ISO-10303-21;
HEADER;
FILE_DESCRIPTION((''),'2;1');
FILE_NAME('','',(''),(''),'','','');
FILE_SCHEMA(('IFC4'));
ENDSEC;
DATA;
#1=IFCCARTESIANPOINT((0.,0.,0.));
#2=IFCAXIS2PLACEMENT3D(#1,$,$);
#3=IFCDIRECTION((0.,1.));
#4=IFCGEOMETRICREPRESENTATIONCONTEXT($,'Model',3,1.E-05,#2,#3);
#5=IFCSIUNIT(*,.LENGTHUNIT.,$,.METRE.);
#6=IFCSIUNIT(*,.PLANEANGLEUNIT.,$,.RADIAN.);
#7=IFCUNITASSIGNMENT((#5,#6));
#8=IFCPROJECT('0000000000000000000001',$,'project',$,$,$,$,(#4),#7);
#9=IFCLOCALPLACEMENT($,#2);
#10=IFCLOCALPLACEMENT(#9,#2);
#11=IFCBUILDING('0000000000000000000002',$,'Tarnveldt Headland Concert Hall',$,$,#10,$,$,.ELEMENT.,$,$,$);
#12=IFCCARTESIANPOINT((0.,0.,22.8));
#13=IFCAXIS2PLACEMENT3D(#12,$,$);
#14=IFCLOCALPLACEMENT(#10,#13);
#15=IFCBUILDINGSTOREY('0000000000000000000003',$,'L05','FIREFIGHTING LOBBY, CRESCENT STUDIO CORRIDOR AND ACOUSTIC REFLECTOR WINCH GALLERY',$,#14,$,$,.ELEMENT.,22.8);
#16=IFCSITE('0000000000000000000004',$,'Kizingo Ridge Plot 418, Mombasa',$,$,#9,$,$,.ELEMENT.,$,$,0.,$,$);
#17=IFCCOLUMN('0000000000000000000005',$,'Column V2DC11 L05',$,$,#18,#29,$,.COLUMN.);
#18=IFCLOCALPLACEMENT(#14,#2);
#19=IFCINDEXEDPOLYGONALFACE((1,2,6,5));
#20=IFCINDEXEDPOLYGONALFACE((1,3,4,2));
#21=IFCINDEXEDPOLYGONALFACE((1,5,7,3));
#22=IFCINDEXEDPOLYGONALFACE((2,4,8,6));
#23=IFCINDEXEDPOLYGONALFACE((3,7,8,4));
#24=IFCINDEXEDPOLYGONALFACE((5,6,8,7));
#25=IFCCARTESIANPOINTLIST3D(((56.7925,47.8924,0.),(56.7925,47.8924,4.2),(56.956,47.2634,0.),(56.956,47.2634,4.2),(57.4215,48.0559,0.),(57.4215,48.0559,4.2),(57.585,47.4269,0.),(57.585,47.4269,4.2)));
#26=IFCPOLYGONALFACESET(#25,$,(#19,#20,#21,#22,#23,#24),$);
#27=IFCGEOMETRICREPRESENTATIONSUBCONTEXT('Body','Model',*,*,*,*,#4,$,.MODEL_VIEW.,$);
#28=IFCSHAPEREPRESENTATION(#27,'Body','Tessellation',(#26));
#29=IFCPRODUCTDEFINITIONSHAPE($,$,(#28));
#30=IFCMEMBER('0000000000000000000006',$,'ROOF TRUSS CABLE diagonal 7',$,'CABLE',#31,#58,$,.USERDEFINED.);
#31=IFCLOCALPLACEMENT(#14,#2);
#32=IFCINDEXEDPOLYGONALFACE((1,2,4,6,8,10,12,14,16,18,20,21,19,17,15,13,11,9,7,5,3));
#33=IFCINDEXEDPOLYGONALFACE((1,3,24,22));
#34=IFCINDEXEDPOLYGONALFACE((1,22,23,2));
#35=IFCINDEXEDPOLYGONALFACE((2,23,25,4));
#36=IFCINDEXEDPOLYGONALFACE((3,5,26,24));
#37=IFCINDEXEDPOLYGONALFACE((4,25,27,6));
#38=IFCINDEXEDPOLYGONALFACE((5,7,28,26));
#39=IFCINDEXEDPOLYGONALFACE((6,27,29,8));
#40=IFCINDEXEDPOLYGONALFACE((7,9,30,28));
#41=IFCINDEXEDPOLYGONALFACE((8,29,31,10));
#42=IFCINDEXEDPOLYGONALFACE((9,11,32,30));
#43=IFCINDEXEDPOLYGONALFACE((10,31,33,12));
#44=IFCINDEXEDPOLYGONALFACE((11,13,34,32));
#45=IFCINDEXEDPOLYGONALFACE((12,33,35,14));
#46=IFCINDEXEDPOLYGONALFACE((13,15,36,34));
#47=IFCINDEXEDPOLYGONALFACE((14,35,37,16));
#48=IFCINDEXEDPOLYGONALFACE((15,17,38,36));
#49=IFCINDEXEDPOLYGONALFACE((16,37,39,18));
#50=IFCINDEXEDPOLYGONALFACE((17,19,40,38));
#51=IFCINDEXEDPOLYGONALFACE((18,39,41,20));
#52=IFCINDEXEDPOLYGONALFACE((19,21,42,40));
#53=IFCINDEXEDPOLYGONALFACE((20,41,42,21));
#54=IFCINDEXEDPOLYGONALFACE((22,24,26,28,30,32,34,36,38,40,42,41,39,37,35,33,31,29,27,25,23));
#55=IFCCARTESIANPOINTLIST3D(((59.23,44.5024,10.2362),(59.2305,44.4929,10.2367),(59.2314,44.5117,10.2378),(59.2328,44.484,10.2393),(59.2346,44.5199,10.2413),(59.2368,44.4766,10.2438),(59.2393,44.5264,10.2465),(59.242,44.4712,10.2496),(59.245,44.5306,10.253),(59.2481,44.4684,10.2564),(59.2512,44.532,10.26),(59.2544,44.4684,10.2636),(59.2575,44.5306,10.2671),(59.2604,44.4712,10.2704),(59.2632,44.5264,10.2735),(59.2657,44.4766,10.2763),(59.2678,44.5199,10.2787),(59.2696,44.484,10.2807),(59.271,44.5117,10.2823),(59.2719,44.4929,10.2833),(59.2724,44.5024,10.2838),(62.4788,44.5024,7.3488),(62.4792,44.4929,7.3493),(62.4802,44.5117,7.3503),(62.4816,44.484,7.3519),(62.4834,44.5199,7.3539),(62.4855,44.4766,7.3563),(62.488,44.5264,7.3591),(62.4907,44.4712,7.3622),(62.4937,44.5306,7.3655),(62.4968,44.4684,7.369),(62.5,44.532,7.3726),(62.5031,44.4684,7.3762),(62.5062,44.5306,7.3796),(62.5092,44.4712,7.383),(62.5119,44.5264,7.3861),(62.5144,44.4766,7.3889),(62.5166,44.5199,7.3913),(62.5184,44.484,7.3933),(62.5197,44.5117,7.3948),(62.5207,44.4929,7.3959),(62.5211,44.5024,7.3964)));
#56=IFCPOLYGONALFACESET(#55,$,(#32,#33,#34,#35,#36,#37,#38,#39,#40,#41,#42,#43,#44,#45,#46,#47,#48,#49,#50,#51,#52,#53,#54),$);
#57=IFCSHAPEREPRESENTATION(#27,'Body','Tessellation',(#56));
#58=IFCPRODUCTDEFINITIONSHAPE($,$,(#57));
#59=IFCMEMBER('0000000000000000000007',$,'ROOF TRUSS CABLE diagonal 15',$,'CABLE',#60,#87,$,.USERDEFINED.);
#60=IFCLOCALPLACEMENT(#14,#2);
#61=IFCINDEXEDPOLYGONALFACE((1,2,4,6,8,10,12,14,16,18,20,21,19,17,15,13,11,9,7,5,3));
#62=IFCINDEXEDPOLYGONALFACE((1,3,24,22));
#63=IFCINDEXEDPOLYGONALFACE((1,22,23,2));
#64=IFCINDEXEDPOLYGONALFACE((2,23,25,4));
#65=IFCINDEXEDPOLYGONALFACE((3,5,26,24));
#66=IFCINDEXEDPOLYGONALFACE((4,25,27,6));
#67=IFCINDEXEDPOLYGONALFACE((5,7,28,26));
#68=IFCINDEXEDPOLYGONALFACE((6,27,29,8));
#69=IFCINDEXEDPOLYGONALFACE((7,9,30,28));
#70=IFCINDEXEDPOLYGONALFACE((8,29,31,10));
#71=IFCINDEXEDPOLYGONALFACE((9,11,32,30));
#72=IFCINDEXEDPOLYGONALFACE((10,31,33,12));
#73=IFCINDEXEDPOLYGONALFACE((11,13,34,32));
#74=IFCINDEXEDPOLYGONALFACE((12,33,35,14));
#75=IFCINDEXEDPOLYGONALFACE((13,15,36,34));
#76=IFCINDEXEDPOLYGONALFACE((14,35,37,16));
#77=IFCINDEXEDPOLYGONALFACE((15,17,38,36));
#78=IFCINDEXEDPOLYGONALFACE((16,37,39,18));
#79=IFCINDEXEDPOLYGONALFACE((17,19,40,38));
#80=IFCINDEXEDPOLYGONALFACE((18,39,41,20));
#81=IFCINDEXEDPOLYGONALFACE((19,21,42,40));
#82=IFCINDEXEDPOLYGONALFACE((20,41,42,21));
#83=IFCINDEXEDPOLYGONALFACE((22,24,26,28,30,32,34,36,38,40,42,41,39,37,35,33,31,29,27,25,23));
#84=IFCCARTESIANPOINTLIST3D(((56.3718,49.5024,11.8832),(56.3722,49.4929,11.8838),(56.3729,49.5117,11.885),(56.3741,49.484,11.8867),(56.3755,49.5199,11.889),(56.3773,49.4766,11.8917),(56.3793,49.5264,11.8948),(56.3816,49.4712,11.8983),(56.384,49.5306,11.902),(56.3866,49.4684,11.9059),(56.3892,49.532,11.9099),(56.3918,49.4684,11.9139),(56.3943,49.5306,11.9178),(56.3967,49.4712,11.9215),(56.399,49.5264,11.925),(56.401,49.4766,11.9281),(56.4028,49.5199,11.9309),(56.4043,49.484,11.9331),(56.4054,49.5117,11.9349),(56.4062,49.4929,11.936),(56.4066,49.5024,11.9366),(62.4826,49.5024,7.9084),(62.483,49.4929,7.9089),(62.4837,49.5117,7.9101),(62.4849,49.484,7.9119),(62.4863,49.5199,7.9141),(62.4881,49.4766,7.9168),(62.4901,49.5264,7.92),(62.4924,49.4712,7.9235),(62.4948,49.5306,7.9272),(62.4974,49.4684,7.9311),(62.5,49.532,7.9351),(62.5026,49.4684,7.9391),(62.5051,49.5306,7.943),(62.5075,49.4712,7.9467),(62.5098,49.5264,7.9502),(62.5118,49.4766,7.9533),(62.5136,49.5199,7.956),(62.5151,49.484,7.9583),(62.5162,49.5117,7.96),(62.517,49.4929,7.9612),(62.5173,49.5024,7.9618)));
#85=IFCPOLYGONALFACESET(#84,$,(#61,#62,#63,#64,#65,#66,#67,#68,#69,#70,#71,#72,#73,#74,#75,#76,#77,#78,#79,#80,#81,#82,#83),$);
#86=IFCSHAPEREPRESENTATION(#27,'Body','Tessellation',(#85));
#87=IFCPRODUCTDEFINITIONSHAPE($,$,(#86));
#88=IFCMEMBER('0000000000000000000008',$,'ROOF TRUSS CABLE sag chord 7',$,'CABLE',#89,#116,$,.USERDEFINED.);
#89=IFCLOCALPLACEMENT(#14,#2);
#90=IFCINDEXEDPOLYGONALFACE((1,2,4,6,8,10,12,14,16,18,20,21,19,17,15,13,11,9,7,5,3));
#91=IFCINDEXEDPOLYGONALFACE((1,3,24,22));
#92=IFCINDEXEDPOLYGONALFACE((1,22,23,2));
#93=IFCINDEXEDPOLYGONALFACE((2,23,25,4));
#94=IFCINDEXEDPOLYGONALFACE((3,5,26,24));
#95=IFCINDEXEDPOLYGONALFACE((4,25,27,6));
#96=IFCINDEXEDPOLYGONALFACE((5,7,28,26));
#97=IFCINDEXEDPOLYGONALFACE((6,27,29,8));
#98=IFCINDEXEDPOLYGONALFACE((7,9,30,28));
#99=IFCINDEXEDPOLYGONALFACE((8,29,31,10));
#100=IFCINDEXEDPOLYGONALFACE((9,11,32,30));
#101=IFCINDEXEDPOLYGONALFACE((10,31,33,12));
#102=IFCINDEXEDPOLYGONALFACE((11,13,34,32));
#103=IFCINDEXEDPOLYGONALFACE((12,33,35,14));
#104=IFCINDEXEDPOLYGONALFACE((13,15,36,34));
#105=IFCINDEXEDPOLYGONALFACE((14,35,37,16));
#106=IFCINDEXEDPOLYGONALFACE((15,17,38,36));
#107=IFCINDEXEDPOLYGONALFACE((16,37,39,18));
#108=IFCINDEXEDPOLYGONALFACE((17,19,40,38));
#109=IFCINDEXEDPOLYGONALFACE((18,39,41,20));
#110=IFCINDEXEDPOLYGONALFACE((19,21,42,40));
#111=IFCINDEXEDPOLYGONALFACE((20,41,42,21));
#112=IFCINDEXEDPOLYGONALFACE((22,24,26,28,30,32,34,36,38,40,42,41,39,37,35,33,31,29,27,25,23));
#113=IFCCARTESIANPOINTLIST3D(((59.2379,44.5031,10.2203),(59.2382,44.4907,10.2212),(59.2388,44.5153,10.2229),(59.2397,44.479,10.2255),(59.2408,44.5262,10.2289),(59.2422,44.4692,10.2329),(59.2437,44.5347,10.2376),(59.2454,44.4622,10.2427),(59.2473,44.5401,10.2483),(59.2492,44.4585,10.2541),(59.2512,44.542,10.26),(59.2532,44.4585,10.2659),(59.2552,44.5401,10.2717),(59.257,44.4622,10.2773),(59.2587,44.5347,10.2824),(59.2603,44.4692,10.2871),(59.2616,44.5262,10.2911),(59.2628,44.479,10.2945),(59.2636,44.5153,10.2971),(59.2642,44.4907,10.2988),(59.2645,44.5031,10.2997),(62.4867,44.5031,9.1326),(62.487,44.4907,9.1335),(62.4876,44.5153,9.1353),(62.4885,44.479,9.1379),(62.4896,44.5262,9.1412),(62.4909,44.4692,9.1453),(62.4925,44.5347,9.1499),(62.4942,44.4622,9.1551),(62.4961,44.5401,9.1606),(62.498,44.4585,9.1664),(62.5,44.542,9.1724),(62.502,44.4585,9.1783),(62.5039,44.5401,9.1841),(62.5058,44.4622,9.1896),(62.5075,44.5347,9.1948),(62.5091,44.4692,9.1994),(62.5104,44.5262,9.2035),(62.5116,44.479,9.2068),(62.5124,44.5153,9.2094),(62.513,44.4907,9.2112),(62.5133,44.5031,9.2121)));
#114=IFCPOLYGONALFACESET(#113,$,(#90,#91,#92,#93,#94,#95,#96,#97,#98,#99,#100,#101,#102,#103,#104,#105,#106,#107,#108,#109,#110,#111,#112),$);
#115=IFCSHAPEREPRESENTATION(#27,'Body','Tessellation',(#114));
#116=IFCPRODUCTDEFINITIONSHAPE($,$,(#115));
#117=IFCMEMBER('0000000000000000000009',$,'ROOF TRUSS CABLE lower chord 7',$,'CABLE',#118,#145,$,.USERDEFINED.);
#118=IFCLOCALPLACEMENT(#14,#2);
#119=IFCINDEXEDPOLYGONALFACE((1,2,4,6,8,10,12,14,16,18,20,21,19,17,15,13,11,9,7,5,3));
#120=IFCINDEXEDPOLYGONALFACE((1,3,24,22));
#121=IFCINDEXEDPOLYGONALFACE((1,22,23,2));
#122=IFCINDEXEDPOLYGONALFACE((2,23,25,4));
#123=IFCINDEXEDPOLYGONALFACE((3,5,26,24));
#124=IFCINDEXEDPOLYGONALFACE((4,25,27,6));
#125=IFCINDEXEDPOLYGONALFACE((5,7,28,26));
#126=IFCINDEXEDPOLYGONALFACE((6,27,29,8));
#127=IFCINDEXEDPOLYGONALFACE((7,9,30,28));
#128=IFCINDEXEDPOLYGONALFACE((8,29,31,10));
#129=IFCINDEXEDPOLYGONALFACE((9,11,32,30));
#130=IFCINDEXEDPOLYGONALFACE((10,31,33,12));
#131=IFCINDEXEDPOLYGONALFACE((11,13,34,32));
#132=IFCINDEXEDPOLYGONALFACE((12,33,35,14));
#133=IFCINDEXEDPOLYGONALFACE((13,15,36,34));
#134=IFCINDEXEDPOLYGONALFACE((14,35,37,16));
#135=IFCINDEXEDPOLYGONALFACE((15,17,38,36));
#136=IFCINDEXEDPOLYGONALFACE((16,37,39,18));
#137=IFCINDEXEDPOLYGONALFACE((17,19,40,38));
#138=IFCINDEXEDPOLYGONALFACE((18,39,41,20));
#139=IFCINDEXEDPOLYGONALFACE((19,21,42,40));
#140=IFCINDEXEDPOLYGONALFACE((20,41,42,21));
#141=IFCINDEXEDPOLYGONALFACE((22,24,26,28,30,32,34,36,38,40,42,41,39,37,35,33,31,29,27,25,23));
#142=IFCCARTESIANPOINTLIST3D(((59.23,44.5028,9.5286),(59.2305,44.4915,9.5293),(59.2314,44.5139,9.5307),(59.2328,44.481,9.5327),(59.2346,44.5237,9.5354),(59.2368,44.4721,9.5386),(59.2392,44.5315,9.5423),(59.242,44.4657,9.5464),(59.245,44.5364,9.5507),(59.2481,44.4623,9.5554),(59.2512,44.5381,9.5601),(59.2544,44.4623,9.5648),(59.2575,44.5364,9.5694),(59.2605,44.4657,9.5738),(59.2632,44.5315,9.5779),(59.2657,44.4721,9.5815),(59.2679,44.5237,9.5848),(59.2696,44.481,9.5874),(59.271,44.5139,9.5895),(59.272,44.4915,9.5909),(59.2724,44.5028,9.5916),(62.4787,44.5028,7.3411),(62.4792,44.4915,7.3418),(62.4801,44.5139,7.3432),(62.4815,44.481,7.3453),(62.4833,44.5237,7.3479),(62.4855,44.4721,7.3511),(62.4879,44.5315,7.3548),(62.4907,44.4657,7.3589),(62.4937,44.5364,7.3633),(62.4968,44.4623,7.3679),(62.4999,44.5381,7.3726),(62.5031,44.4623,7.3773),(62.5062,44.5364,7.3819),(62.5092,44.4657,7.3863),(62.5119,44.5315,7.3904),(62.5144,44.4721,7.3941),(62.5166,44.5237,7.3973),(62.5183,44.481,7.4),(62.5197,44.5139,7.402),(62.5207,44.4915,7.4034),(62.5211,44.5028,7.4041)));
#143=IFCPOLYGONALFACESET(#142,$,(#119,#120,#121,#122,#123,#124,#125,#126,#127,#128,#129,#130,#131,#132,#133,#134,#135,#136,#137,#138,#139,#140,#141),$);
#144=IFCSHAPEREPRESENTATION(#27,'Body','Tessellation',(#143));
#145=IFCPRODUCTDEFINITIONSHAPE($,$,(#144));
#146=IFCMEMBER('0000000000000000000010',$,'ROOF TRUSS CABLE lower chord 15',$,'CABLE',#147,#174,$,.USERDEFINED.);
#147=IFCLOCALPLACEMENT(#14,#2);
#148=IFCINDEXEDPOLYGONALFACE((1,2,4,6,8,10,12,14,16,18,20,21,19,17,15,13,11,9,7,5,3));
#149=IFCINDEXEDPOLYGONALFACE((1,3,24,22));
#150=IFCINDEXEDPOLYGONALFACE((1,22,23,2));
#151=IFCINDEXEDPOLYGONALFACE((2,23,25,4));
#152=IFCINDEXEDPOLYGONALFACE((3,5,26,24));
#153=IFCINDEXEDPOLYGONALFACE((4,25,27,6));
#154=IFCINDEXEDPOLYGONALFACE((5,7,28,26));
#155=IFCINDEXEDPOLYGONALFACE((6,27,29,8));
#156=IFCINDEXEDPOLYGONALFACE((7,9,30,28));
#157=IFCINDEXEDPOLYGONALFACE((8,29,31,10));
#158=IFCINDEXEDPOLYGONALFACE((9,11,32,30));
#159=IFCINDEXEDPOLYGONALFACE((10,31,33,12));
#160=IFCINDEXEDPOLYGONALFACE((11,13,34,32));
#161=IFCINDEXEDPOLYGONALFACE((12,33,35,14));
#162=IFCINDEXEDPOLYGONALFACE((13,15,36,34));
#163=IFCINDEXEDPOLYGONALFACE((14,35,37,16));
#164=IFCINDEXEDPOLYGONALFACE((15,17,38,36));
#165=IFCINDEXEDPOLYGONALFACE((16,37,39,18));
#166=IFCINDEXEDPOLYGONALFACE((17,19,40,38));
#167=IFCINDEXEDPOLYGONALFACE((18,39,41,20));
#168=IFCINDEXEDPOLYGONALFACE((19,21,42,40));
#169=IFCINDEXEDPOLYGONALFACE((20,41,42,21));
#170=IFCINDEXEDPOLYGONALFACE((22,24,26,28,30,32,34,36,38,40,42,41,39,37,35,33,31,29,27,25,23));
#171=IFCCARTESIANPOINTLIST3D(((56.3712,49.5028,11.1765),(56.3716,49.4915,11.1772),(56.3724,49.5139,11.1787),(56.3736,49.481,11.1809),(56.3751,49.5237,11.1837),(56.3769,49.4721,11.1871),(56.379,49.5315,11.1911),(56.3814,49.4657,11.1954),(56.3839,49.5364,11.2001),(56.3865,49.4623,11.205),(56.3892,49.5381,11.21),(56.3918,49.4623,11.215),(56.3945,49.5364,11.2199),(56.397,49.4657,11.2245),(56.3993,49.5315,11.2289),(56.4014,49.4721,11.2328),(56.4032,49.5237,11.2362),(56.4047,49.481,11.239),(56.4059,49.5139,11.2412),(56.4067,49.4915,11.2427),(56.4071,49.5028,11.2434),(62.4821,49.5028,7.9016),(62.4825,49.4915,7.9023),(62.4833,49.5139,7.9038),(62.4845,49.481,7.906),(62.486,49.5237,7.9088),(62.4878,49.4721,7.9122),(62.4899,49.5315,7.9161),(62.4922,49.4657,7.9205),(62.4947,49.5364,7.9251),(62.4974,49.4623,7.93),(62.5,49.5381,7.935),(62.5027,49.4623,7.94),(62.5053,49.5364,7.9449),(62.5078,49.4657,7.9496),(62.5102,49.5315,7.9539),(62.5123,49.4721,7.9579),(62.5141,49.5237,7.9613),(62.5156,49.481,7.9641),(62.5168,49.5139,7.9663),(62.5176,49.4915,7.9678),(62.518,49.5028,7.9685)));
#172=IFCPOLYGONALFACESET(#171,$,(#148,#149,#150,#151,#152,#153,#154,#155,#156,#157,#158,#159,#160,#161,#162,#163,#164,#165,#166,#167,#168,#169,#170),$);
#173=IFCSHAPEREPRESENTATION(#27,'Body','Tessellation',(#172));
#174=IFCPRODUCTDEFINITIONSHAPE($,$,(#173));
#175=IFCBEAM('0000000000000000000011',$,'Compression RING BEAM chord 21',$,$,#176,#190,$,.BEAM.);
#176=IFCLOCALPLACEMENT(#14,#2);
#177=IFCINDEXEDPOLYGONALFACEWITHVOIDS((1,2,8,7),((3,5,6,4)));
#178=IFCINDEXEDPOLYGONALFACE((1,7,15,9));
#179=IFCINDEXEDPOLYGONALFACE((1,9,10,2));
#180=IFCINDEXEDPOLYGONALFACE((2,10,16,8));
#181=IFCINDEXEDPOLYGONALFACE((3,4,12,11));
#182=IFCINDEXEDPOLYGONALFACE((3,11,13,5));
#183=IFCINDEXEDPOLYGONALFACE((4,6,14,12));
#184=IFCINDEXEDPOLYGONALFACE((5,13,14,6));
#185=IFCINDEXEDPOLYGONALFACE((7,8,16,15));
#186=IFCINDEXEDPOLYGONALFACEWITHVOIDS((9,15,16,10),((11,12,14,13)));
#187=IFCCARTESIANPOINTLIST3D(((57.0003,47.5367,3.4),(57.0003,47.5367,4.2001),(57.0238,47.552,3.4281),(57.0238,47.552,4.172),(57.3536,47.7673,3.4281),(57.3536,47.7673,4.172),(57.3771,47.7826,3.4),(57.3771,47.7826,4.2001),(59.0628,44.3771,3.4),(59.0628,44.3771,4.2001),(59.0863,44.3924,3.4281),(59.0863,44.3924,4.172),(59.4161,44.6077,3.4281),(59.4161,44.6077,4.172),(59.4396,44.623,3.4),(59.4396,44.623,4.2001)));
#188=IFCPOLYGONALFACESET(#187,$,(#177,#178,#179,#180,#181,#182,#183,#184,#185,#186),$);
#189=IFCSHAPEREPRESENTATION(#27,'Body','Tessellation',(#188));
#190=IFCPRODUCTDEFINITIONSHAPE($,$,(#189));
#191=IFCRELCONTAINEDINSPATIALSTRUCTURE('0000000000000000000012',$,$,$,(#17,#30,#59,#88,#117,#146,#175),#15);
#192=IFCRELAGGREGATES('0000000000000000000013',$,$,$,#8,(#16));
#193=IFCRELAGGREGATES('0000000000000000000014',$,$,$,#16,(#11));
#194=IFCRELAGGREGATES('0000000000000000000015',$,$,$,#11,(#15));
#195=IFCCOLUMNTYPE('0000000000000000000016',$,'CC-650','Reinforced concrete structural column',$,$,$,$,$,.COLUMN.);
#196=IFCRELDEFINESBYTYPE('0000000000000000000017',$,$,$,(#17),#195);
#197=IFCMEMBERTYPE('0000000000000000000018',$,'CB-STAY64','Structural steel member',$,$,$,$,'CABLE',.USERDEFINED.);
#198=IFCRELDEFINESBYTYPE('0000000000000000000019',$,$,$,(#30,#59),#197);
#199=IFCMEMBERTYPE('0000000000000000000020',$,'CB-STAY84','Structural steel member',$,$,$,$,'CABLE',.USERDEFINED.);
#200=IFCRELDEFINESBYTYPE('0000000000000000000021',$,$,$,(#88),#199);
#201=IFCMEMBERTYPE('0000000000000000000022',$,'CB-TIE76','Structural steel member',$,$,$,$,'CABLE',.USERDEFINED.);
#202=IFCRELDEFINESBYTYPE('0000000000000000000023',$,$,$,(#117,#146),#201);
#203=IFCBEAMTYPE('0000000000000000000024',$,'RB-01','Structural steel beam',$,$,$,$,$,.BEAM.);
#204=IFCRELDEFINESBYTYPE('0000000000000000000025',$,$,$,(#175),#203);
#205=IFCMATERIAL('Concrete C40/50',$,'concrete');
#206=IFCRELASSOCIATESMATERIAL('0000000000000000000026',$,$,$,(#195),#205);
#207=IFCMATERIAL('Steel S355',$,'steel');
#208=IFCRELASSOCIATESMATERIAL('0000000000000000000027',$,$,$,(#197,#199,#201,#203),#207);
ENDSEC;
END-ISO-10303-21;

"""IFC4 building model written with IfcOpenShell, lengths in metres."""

from ifc_helpers import new_model, si_unit, direction, frame, origin, origin_2d, place, context, subcontext, project, spatial, rectangle, hollow_rectangle, circle, extrude, material, material_profile, profile_set, type_object, element, save


model = new_model("IFC4")

# Units and contexts
model_context = context("Model", 3, precision=1e-05, world=origin(), true_north=direction((0.0, 1.0)))
body_context = subcontext(model_context, "Body", "Model", "MODEL_VIEW")
ifc_project = project(units=[si_unit("LENGTHUNIT", "METRE"), si_unit("PLANEANGLEUNIT", "RADIAN")], contexts=[model_context])

# Site, building, storey
site_placement = place(None, origin())
site = spatial("IfcSite", under=ifc_project, at=site_placement, Name="Kizingo Ridge Plot 418, Mombasa", CompositionType="ELEMENT", RefElevation=0.0)
building_placement = place(site_placement, origin())
building = spatial("IfcBuilding", under=site, at=building_placement, Name="Tarnveldt Headland Concert Hall", CompositionType="ELEMENT")
storey_placement = place(building_placement, frame((0.0, 0.0, 22.8)))
storey = spatial("IfcBuildingStorey", under=building, at=storey_placement, Name="L05", Description="FIREFIGHTING LOBBY, CRESCENT STUDIO CORRIDOR AND ACOUSTIC REFLECTOR WINCH GALLERY", CompositionType="ELEMENT", Elevation=22.8)

# Column
ifc_material_1 = material(Name="Concrete C40/50", Category="concrete")
ifc_material_profile_1 = material_profile(ifc_material_1, rectangle(XDim=0.6499, YDim=0.6499, at=origin_2d()), Name="RC 650x650", Category="concrete")
ifc_profile_set_1 = profile_set([ifc_material_profile_1], Name="Concrete C40/50")
column_type = type_object("IfcColumnType", Name="CC-650", Description="Reinforced concrete structural column", PredefinedType="COLUMN", material=ifc_profile_set_1)
column_placement = place(storey_placement, frame((57.1887, 47.6597, 0.0), z_axis=(0.0, 0.0, 1.0), x_axis=(-0.967841, -0.251563, 0.0)))
element("IfcColumn", 1, at=column_placement, inside=storey, type_object=column_type, Name="Column V2DC11 L05", PredefinedType="COLUMN", context=body_context, shape_type="SweptSolid", body=[
    extrude(rectangle(XDim=0.6499, YDim=0.6499, at=origin_2d()), origin(), (0.0, 0.0, 1.0), 4.2),
])

# Members
ifc_material_2 = material(Name="Steel S355", Category="steel")
ifc_material_profile_2 = material_profile(ifc_material_2, circle(Radius=0.032, at=origin_2d()), Name="LC D64", Category="steel")
ifc_profile_set_2 = profile_set([ifc_material_profile_2], Name="Steel S355")
member_type_1 = type_object("IfcMemberType", Name="CB-STAY64", Description="Structural steel member", ElementType="CABLE", PredefinedType="USERDEFINED", material=ifc_profile_set_2)
member_1_placement = place(storey_placement, frame((59.2512, 44.5, 10.26), z_axis=(0.74745, 0.0, -0.664319), x_axis=(0.0, 1.0, 0.0)))
element("IfcMember", 2, at=member_1_placement, inside=storey, type_object=member_type_1, Name="ROOF TRUSS CABLE diagonal 7", ObjectType="CABLE", PredefinedType="USERDEFINED", context=body_context, shape_type="SweptSolid", body=[
    extrude(circle(Radius=0.032, at=origin_2d()), origin(), (0.0, 0.0, 1.0), 4.3464),
])
member_2_placement = place(storey_placement, frame((56.3892, 49.5, 11.9099), z_axis=(0.838268, 0.0, -0.545259), x_axis=(0.0, 1.0, 0.0)))
element("IfcMember", 3, at=member_2_placement, inside=storey, type_object=member_type_1, Name="ROOF TRUSS CABLE diagonal 15", ObjectType="CABLE", PredefinedType="USERDEFINED", context=body_context, shape_type="SweptSolid", body=[
    extrude(circle(Radius=0.032, at=origin_2d()), origin(), (0.0, 0.0, 1.0), 7.2898),
])
ifc_material_profile_3 = material_profile(ifc_material_2, circle(Radius=0.042, at=origin_2d()), Name="LC D84", Category="steel")
ifc_profile_set_3 = profile_set([ifc_material_profile_3], Name="Steel S355")
member_type_2 = type_object("IfcMemberType", Name="CB-STAY84", Description="Structural steel member", ElementType="CABLE", PredefinedType="USERDEFINED", material=ifc_profile_set_3)
member_3_placement = place(storey_placement, frame((59.2512, 44.5, 10.26), z_axis=(0.948269, 0.0, -0.317467), x_axis=(0.0, 1.0, 0.0)))
element("IfcMember", 4, at=member_3_placement, inside=storey, type_object=member_type_2, Name="ROOF TRUSS CABLE sag chord 7", ObjectType="CABLE", PredefinedType="USERDEFINED", context=body_context, shape_type="SweptSolid", body=[
    extrude(circle(Radius=0.042, at=origin_2d()), origin(), (0.0, 0.0, 1.0), 3.426),
])
ifc_material_profile_4 = material_profile(ifc_material_2, circle(Radius=0.0381, at=origin_2d()), Name="LC D76", Category="steel")
ifc_profile_set_4 = profile_set([ifc_material_profile_4], Name="Steel S355")
member_type_3 = type_object("IfcMemberType", Name="CB-TIE76", Description="Structural steel member", ElementType="CABLE", PredefinedType="USERDEFINED", material=ifc_profile_set_4)
member_4_placement = place(storey_placement, frame((59.2512, 44.5, 9.5601), z_axis=(0.829491, 0.0, -0.558521), x_axis=(0.0, 1.0, 0.0)))
element("IfcMember", 5, at=member_4_placement, inside=storey, type_object=member_type_3, Name="ROOF TRUSS CABLE lower chord 7", ObjectType="CABLE", PredefinedType="USERDEFINED", context=body_context, shape_type="SweptSolid", body=[
    extrude(circle(Radius=0.0381, at=origin_2d()), origin(), (0.0, 0.0, 1.0), 3.9165),
])
member_5_placement = place(storey_placement, frame((56.3892, 49.5, 11.21), z_axis=(0.881406, 0.0, -0.47236), x_axis=(0.0, 1.0, 0.0)))
element("IfcMember", 6, at=member_5_placement, inside=storey, type_object=member_type_3, Name="ROOF TRUSS CABLE lower chord 15", ObjectType="CABLE", PredefinedType="USERDEFINED", context=body_context, shape_type="SweptSolid", body=[
    extrude(circle(Radius=0.0381, at=origin_2d()), origin(), (0.0, 0.0, 1.0), 6.9331),
])

# Beam
ifc_material_profile_5 = material_profile(ifc_material_2, hollow_rectangle(XDim=0.45, YDim=0.8, WallThickness=0.0281, at=origin_2d()), Name="RHS 800x450x28", Category="steel")
ifc_profile_set_5 = profile_set([ifc_material_profile_5], Name="Steel S355")
beam_type = type_object("IfcBeamType", Name="RB-01", Description="Structural steel beam", PredefinedType="BEAM", material=ifc_profile_set_5)
beam_1_placement = place(storey_placement, frame((57.1887, 47.6597, 3.8), z_axis=(0.546611, -0.837387, 0.0), x_axis=(0.837387, 0.546611, 0.0)))
element("IfcBeam", 7, at=beam_1_placement, inside=storey, type_object=beam_type, Name="Compression RING BEAM chord 21", PredefinedType="BEAM", context=body_context, shape_type="SweptSolid", body=[
    extrude(hollow_rectangle(XDim=0.45, YDim=0.8, WallThickness=0.0281, at=origin_2d()), origin(), (0.0, 0.0, 1.0), 3.7732),
])

save(model, "model.ifc")
